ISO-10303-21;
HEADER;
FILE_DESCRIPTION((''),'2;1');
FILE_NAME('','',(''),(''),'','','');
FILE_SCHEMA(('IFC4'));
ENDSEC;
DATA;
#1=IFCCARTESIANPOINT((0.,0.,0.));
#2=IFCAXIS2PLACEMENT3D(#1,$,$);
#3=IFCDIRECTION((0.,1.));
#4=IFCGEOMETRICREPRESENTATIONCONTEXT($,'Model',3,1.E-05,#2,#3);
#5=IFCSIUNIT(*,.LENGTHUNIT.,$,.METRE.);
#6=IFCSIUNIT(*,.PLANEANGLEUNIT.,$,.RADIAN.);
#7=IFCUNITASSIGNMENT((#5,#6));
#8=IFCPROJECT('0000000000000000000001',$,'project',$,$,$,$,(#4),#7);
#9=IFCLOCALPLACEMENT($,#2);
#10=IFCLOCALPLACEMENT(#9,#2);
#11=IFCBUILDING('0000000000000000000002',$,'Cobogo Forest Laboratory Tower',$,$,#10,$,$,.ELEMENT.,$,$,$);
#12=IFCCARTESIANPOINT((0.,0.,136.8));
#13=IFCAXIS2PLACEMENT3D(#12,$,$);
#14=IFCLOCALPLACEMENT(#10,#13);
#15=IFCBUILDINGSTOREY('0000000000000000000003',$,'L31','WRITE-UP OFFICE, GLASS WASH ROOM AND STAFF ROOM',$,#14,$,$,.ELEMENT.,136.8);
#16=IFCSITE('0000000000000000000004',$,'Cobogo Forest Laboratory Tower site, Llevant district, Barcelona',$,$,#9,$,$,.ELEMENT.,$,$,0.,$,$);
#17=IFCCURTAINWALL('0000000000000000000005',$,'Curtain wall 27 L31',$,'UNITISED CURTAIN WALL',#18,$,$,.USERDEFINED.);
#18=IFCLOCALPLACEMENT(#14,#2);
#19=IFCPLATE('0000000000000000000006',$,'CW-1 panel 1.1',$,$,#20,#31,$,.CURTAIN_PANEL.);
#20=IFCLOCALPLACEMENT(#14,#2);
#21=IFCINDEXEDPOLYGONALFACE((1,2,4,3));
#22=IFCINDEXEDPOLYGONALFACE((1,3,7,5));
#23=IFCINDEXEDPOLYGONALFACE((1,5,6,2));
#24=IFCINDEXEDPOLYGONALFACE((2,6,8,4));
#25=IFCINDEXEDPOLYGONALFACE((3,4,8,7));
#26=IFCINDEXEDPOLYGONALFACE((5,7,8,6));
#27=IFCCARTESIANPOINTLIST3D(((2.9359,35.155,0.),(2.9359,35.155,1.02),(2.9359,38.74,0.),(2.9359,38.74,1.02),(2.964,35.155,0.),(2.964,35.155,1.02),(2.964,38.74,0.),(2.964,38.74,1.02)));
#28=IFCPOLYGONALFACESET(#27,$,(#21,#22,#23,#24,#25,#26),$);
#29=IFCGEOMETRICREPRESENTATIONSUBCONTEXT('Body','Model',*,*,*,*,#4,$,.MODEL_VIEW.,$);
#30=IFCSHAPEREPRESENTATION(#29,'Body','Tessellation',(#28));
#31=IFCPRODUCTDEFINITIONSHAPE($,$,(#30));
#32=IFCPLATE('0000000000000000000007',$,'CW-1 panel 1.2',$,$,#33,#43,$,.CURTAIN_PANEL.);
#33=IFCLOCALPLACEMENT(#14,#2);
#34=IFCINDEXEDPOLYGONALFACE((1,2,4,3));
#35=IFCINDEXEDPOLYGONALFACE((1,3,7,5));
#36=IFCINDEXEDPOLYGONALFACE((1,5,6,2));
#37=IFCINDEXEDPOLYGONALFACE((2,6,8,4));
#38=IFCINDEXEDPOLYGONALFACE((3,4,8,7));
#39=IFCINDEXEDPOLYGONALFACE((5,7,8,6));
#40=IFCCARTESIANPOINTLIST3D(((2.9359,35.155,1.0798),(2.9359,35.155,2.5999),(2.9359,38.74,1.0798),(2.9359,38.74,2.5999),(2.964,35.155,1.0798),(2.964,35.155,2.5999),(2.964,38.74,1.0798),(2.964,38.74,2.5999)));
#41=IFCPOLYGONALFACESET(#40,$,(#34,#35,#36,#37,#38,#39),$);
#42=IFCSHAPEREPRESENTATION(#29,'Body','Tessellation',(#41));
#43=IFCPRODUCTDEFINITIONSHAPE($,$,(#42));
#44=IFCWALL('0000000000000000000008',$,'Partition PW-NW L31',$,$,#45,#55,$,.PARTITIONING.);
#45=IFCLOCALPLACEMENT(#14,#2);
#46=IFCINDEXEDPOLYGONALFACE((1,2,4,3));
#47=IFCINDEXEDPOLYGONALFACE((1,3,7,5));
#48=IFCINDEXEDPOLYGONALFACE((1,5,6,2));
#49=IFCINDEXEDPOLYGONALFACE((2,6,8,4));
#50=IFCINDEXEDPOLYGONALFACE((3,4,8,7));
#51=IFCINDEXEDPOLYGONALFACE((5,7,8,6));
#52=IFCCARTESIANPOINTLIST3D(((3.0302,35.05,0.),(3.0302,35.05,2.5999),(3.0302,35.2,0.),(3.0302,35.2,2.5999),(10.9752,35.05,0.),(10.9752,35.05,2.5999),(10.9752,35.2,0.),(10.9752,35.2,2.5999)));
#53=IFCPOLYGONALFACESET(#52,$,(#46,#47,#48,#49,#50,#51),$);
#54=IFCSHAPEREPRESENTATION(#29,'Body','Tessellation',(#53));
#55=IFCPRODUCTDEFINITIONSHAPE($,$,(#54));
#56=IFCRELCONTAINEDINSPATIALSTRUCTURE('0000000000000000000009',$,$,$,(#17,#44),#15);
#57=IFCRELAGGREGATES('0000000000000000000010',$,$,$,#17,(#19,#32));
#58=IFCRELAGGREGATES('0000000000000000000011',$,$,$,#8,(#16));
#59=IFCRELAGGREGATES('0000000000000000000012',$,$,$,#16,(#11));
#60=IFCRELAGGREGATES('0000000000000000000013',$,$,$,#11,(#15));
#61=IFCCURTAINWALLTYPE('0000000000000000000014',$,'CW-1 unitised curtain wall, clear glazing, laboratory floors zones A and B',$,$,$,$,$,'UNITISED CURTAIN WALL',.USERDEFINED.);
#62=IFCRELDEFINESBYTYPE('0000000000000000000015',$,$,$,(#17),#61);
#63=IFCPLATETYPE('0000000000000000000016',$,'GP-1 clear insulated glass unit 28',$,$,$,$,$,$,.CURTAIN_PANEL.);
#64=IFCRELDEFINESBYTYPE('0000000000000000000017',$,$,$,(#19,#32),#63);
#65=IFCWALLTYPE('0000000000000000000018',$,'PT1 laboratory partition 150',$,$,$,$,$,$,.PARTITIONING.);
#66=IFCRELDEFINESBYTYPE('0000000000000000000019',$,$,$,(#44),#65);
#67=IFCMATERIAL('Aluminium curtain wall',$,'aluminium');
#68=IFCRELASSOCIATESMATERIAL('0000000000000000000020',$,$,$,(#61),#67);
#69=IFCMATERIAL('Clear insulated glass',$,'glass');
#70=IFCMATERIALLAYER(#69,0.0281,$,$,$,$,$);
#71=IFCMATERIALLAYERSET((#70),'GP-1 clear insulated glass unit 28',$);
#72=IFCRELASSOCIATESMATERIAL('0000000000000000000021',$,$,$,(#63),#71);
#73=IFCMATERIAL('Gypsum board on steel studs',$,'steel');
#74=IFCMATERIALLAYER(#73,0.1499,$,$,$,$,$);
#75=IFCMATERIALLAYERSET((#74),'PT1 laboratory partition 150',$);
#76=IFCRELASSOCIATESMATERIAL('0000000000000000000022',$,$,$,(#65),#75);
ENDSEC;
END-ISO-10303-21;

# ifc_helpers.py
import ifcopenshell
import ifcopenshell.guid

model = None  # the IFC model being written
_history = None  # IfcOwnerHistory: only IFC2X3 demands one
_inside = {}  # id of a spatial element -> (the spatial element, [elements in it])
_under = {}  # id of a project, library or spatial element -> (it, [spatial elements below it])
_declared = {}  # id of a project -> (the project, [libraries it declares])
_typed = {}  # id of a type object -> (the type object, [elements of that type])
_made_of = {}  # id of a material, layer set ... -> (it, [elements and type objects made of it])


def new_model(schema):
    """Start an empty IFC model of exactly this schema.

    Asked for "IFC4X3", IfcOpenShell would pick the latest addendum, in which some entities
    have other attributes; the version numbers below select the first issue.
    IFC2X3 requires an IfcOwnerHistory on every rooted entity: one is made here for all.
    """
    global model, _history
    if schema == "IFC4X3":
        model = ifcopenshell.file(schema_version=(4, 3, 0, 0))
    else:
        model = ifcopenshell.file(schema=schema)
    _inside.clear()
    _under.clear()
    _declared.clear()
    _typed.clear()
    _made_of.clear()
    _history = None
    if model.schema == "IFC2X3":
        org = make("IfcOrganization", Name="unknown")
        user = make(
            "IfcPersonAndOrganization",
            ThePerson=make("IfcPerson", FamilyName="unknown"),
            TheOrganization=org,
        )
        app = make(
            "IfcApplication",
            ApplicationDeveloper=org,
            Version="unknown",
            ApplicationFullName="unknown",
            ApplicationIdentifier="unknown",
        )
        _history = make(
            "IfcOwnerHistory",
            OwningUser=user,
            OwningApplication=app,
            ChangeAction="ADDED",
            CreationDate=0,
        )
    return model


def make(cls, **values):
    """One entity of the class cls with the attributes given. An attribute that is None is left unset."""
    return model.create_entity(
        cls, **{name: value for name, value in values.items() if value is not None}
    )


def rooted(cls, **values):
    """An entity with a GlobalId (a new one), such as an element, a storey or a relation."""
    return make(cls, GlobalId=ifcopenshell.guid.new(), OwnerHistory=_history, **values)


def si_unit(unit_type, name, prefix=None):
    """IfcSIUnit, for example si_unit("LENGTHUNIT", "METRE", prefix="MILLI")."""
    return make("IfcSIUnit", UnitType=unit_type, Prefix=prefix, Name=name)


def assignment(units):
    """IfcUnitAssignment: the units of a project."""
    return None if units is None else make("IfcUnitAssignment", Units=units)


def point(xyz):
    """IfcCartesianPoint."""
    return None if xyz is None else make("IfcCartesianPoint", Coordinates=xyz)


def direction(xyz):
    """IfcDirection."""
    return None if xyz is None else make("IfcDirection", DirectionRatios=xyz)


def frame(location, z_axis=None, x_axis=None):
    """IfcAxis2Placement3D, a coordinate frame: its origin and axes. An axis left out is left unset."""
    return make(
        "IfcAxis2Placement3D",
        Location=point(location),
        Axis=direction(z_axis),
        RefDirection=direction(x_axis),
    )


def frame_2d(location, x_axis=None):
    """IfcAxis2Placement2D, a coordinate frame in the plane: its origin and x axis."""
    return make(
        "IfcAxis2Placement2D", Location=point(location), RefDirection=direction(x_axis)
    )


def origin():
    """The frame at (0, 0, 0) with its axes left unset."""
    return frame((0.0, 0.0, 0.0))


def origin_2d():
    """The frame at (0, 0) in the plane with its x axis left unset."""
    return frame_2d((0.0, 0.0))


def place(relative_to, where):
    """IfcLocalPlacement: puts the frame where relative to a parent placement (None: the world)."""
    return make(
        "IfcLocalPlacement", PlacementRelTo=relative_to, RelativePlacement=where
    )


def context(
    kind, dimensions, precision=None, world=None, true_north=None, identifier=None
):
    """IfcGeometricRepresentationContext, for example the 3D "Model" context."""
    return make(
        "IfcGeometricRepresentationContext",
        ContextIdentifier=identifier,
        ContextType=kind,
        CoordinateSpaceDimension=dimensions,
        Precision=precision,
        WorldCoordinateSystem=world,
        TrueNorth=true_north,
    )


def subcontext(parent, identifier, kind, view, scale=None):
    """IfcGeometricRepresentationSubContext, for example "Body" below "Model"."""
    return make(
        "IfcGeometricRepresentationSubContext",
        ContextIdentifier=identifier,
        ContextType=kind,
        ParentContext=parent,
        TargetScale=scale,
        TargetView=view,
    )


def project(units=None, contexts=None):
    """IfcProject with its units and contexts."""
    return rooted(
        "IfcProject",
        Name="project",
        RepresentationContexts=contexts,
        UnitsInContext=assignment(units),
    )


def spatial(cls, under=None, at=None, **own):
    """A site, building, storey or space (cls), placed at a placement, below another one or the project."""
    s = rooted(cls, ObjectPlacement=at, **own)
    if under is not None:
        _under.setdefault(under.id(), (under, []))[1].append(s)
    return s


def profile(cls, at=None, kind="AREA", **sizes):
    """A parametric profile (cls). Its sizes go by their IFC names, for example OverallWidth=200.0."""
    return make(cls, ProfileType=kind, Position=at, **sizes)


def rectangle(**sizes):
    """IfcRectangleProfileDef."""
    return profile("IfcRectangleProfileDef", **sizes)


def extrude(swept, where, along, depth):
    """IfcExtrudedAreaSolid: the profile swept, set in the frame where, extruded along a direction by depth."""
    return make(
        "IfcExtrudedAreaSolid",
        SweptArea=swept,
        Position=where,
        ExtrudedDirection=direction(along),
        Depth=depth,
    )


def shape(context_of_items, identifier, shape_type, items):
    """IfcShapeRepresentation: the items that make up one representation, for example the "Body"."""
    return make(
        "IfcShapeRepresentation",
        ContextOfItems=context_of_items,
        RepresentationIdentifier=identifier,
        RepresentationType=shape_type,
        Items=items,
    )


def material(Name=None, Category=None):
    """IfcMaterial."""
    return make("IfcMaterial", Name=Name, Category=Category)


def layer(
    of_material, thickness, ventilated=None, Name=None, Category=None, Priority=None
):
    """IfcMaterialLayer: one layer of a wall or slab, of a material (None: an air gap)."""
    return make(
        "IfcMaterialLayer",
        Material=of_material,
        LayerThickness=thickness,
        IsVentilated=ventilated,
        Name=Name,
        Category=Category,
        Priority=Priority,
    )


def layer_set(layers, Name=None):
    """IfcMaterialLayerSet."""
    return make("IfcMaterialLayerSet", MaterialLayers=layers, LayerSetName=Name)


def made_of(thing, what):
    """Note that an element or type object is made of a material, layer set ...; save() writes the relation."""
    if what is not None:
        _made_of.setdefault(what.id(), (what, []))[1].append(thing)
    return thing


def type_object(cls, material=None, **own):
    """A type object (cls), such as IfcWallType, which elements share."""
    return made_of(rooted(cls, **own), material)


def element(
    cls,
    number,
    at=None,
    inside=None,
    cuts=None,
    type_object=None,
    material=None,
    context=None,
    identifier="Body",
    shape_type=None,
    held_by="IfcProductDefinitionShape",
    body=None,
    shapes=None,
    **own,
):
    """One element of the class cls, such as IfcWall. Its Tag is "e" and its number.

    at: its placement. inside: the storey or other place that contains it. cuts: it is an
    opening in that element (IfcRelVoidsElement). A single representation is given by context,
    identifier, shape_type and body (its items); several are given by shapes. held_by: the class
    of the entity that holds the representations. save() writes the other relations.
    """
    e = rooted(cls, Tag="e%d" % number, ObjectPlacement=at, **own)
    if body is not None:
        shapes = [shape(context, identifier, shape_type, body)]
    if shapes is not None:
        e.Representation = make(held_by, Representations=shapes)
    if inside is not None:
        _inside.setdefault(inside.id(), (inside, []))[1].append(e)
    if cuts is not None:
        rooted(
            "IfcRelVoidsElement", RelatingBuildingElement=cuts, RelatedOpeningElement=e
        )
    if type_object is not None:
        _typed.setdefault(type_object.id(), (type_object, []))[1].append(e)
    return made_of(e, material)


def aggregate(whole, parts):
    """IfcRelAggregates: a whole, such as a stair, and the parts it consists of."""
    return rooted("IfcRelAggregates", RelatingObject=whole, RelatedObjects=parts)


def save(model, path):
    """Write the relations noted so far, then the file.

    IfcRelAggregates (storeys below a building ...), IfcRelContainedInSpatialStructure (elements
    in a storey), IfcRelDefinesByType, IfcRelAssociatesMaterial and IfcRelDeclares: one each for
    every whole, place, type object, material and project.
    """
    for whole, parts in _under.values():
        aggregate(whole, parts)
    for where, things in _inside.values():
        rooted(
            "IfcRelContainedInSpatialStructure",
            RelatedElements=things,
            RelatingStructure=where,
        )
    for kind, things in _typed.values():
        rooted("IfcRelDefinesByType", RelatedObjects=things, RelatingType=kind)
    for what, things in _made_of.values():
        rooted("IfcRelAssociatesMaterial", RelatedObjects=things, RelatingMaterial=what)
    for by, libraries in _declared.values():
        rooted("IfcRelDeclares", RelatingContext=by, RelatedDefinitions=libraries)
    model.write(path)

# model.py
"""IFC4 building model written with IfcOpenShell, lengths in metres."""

from ifc_helpers import new_model, si_unit, direction, frame, frame_2d, origin, origin_2d, place, context, subcontext, project, spatial, rectangle, extrude, material, layer, layer_set, type_object, element, aggregate, save


model = new_model("IFC4")

# Units and contexts
model_context = context("Model", 3, precision=1e-05, world=origin(), true_north=direction((0.0, 1.0)))
body_context = subcontext(model_context, "Body", "Model", "MODEL_VIEW")
ifc_project = project(units=[si_unit("LENGTHUNIT", "METRE"), si_unit("PLANEANGLEUNIT", "RADIAN")], contexts=[model_context])

# Site, building, storey
site_placement = place(None, origin())
site = spatial("IfcSite", under=ifc_project, at=site_placement, Name="Cobogo Forest Laboratory Tower site, Llevant district, Barcelona", CompositionType="ELEMENT", RefElevation=0.0)
building_placement = place(site_placement, origin())
building = spatial("IfcBuilding", under=site, at=building_placement, Name="Cobogo Forest Laboratory Tower", CompositionType="ELEMENT")
storey_placement = place(building_placement, frame((0.0, 0.0, 136.8)))
storey = spatial("IfcBuildingStorey", under=building, at=storey_placement, Name="L31", Description="WRITE-UP OFFICE, GLASS WASH ROOM AND STAFF ROOM", CompositionType="ELEMENT", Elevation=136.8)

# Shared definitions
ifc_material_1 = material(Name="Aluminium curtain wall", Category="aluminium")
curtain_wall_type = type_object("IfcCurtainWallType", Name="CW-1 unitised curtain wall, clear glazing, laboratory floors zones A and B", ElementType="UNITISED CURTAIN WALL", PredefinedType="USERDEFINED", material=ifc_material_1)

# Curtain wall
curtain_wall_1_placement = place(storey_placement, origin())
curtain_wall_1 = element("IfcCurtainWall", 1, at=curtain_wall_1_placement, inside=storey, type_object=curtain_wall_type, Name="Curtain wall 27 L31", ObjectType="UNITISED CURTAIN WALL", PredefinedType="USERDEFINED")

# Plates
ifc_material_2 = material(Name="Clear insulated glass", Category="glass")
ifc_layer_1 = layer(ifc_material_2, 0.0281)
ifc_layer_set_1 = layer_set([ifc_layer_1], Name="GP-1 clear insulated glass unit 28")
plate_type = type_object("IfcPlateType", Name="GP-1 clear insulated glass unit 28", PredefinedType="CURTAIN_PANEL", material=ifc_layer_set_1)
plate_1_placement = place(storey_placement, frame((2.95, 36.9475, 0.0), z_axis=(0.0, 0.0, 1.0), x_axis=(0.0, -1.0, 0.0)))
plate_1 = element("IfcPlate", 2, at=plate_1_placement, type_object=plate_type, Name="CW-1 panel 1.1", PredefinedType="CURTAIN_PANEL", context=body_context, shape_type="SweptSolid", body=[
    extrude(rectangle(XDim=3.585, YDim=0.0281, at=origin_2d()), origin(), (0.0, 0.0, 1.0), 1.02),
])
plate_2_placement = place(storey_placement, frame((2.95, 36.9475, 1.0798), z_axis=(0.0, 0.0, 1.0), x_axis=(0.0, -1.0, 0.0)))
plate_2 = element("IfcPlate", 3, at=plate_2_placement, type_object=plate_type, Name="CW-1 panel 1.2", PredefinedType="CURTAIN_PANEL", context=body_context, shape_type="SweptSolid", body=[
    extrude(rectangle(XDim=3.585, YDim=0.0281, at=origin_2d()), origin(), (0.0, 0.0, 1.0), 1.52),
])
aggregate(curtain_wall_1, [plate_1, plate_2])

# Wall
ifc_material_3 = material(Name="Gypsum board on steel studs", Category="steel")
ifc_layer_2 = layer(ifc_material_3, 0.1499)
ifc_layer_set_2 = layer_set([ifc_layer_2], Name="PT1 laboratory partition 150")
wall_type = type_object("IfcWallType", Name="PT1 laboratory partition 150", PredefinedType="PARTITIONING", material=ifc_layer_set_2)
wall_placement = place(storey_placement, frame((3.03, 35.125, 0.0), z_axis=(0.0, 0.0, 1.0), x_axis=(1.0, 0.0, 0.0)))
element("IfcWall", 4, at=wall_placement, inside=storey, type_object=wall_type, Name="Partition PW-NW L31", PredefinedType="PARTITIONING", context=body_context, shape_type="SweptSolid", body=[
    extrude(rectangle(XDim=7.9451, YDim=0.1499, at=frame_2d((3.9727, 0.0))), origin(), (0.0, 0.0, 1.0), 2.5999),
])

save(model, "model.ifc")
